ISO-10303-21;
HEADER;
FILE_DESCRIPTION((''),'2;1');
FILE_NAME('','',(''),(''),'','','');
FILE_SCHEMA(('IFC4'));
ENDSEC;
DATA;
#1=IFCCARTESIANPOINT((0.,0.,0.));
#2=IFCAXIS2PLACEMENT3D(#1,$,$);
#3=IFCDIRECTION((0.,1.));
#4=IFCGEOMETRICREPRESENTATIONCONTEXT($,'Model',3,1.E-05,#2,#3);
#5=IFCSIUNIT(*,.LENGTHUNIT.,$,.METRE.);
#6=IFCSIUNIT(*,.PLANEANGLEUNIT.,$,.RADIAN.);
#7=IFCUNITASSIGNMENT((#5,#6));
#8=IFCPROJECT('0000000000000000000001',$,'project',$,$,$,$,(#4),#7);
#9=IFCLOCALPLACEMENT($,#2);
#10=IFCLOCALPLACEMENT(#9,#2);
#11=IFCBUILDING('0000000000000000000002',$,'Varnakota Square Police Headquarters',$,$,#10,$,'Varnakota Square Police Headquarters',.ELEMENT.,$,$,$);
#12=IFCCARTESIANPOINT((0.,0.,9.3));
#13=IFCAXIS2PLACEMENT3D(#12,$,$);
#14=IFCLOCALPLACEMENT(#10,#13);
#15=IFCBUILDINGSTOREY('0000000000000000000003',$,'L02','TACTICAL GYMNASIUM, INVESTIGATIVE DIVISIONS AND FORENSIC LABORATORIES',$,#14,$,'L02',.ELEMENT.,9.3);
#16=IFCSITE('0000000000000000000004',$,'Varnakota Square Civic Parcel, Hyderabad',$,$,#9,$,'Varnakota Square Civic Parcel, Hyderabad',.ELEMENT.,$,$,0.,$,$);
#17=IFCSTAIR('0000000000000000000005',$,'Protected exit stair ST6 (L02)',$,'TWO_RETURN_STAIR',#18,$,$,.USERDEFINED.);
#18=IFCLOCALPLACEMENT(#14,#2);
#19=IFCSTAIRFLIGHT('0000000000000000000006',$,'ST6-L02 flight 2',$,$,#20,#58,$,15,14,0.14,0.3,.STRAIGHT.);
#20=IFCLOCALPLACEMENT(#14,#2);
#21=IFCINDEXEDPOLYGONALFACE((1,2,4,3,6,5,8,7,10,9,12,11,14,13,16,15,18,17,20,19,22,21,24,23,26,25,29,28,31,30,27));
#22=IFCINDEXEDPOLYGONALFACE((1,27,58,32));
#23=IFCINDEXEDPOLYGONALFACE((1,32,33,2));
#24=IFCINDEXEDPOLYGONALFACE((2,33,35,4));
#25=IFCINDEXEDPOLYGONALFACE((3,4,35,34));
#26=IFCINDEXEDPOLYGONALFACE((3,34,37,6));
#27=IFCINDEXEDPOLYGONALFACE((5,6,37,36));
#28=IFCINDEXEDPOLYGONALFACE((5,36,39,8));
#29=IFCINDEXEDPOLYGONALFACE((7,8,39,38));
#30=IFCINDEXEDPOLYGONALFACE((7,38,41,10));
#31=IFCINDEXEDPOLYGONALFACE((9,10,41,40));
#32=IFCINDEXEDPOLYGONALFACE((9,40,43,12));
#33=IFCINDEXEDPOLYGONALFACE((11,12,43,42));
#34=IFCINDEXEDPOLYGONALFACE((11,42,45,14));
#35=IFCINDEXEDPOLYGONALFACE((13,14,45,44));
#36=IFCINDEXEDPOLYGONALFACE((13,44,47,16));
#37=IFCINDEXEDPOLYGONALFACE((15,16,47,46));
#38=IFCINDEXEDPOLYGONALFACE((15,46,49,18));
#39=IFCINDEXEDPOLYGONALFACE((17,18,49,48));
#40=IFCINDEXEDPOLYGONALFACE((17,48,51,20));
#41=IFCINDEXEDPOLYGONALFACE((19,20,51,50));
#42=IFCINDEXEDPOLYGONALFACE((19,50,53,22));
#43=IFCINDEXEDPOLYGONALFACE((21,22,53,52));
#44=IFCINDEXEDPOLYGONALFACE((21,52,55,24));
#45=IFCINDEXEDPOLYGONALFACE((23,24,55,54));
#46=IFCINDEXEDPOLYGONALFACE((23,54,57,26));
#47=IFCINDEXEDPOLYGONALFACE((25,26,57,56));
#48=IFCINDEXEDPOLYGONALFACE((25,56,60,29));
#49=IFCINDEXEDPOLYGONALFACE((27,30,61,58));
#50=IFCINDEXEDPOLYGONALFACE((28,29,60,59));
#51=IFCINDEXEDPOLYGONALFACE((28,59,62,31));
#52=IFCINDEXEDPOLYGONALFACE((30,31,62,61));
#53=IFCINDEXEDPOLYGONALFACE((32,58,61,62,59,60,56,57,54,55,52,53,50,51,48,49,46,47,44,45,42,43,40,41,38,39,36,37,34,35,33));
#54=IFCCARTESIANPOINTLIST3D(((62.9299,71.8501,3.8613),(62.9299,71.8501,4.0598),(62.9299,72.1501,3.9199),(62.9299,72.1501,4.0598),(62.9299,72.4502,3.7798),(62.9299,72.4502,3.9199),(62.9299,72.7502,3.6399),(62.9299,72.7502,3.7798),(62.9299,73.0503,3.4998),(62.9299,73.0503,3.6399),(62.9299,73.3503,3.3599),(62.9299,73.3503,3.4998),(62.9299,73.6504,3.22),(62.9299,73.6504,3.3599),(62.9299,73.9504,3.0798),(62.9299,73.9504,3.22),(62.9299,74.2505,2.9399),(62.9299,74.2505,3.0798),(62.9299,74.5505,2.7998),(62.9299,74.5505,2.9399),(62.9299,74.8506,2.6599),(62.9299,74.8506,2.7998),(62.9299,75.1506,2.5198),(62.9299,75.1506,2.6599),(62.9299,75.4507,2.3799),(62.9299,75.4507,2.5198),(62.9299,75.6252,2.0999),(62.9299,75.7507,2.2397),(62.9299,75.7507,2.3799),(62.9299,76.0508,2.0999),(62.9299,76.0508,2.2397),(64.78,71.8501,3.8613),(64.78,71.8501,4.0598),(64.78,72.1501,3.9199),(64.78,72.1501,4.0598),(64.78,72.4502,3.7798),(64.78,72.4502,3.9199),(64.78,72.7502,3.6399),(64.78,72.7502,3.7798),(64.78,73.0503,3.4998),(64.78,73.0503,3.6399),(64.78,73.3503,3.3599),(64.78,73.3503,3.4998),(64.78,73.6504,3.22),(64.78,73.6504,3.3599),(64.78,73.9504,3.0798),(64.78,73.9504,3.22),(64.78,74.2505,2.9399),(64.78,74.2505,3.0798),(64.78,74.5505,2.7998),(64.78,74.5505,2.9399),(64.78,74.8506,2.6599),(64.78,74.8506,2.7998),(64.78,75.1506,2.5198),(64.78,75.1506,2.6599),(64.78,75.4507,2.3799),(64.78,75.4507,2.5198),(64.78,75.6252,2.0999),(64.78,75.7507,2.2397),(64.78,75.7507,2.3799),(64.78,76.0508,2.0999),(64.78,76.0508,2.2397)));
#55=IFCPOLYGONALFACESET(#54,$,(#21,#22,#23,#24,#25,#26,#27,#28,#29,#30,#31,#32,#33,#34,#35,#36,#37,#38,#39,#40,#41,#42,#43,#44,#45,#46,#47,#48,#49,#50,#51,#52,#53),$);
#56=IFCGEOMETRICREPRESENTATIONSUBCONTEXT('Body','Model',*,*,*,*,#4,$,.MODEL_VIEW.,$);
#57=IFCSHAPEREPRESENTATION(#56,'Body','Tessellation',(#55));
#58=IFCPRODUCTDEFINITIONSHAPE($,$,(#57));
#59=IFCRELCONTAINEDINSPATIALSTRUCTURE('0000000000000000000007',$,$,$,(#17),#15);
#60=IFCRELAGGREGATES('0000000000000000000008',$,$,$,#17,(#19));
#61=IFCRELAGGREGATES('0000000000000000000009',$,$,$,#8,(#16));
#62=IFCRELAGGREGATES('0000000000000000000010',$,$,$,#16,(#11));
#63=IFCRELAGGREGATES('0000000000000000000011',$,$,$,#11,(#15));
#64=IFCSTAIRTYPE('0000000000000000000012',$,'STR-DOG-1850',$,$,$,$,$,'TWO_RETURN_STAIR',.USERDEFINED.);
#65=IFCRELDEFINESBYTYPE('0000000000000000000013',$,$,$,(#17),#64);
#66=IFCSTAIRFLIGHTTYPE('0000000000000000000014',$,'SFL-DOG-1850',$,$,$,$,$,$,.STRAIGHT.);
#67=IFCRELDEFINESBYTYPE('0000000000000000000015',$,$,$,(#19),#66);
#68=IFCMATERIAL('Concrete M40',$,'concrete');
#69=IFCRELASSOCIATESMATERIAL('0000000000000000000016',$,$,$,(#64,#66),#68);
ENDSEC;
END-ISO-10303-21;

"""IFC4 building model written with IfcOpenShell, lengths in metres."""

from ifc_helpers import new_model, si_unit, direction, frame, origin, place, context, subcontext, project, spatial, polyline, outline, extrude, material, type_object, element, aggregate, save


model = new_model("IFC4")

# Units and contexts
model_context = context("Model", 3, precision=1e-05, world=origin(), true_north=direction((0.0, 1.0)))
body_context = subcontext(model_context, "Body", "Model", "MODEL_VIEW")
ifc_project = project(units=[si_unit("LENGTHUNIT", "METRE"), si_unit("PLANEANGLEUNIT", "RADIAN")], contexts=[model_context])

# Site, building, storey
site_placement = place(None, origin())
site = spatial("IfcSite", under=ifc_project, at=site_placement, Name="Varnakota Square Civic Parcel, Hyderabad", LongName="Varnakota Square Civic Parcel, Hyderabad", CompositionType="ELEMENT", RefElevation=0.0)
building_placement = place(site_placement, origin())
building = spatial("IfcBuilding", under=site, at=building_placement, Name="Varnakota Square Police Headquarters", LongName="Varnakota Square Police Headquarters", CompositionType="ELEMENT")
storey_placement = place(building_placement, frame((0.0, 0.0, 9.3)))
storey = spatial("IfcBuildingStorey", under=building, at=storey_placement, Name="L02", Description="TACTICAL GYMNASIUM, INVESTIGATIVE DIVISIONS AND FORENSIC LABORATORIES", LongName="L02", CompositionType="ELEMENT", Elevation=9.3)

# Shared definitions
ifc_material_1 = material(Name="Concrete M40", Category="concrete")

# Stair, stair flight
stair_type = type_object("IfcStairType", Name="STR-DOG-1850", ElementType="TWO_RETURN_STAIR", PredefinedType="USERDEFINED", material=ifc_material_1)
stair_placement = place(storey_placement, origin())
stair = element("IfcStair", 1, at=stair_placement, inside=storey, type_object=stair_type, Name="Protected exit stair ST6 (L02)", ObjectType="TWO_RETURN_STAIR", PredefinedType="USERDEFINED")
stair_flight_type = type_object("IfcStairFlightType", Name="SFL-DOG-1850", PredefinedType="STRAIGHT", material=ifc_material_1)
stair_flight_placement = place(storey_placement, frame((63.855, 76.0508, 2.0999), z_axis=(0.0, 0.0, 1.0), x_axis=(0.0, -1.0, 0.0)))
stair_flight = element("IfcStairFlight", 2, at=stair_flight_placement, type_object=stair_flight_type, Name="ST6-L02 flight 2", NumberOfRisers=15, NumberOfTreads=14, PredefinedType="STRAIGHT", RiserHeight=0.14, TreadLength=0.3, context=body_context, shape_type="SweptSolid", body=[
    extrude(outline(polyline([(0.0, 0.0), (0.0, 0.1399), (0.3, 0.1399), (0.3, 0.28), (0.6001, 0.28), (0.6001, 0.4199), (0.9001, 0.4199), (0.9001, 0.5601), (1.2002, 0.5601), (1.2002, 0.7), (1.5002, 0.7), (1.5002, 0.8401), (1.8003, 0.8401), (1.8003, 0.98), (2.1003, 0.98), (2.1003, 1.1201), (2.4004, 1.1201), (2.4004, 1.26), (2.7004, 1.26), (2.7004, 1.3999), (3.0005, 1.3999), (3.0005, 1.54), (3.3005, 1.54), (3.3005, 1.6799), (3.6006, 1.6799), (3.6006, 1.8201), (3.9006, 1.8201), (3.9006, 1.96), (4.2007, 1.96), (4.2007, 2.1001), (4.2007, 1.7615), (0.4255, 0.0), (0.0, 0.0)])), frame((0.0, 0.925, 0.0), z_axis=(0.0, -1.0, 0.0), x_axis=(1.0, 0.0, 0.0)), (0.0, 0.0, 1.0), 1.8501),
])
aggregate(stair, [stair_flight])

save(model, "model.ifc")
